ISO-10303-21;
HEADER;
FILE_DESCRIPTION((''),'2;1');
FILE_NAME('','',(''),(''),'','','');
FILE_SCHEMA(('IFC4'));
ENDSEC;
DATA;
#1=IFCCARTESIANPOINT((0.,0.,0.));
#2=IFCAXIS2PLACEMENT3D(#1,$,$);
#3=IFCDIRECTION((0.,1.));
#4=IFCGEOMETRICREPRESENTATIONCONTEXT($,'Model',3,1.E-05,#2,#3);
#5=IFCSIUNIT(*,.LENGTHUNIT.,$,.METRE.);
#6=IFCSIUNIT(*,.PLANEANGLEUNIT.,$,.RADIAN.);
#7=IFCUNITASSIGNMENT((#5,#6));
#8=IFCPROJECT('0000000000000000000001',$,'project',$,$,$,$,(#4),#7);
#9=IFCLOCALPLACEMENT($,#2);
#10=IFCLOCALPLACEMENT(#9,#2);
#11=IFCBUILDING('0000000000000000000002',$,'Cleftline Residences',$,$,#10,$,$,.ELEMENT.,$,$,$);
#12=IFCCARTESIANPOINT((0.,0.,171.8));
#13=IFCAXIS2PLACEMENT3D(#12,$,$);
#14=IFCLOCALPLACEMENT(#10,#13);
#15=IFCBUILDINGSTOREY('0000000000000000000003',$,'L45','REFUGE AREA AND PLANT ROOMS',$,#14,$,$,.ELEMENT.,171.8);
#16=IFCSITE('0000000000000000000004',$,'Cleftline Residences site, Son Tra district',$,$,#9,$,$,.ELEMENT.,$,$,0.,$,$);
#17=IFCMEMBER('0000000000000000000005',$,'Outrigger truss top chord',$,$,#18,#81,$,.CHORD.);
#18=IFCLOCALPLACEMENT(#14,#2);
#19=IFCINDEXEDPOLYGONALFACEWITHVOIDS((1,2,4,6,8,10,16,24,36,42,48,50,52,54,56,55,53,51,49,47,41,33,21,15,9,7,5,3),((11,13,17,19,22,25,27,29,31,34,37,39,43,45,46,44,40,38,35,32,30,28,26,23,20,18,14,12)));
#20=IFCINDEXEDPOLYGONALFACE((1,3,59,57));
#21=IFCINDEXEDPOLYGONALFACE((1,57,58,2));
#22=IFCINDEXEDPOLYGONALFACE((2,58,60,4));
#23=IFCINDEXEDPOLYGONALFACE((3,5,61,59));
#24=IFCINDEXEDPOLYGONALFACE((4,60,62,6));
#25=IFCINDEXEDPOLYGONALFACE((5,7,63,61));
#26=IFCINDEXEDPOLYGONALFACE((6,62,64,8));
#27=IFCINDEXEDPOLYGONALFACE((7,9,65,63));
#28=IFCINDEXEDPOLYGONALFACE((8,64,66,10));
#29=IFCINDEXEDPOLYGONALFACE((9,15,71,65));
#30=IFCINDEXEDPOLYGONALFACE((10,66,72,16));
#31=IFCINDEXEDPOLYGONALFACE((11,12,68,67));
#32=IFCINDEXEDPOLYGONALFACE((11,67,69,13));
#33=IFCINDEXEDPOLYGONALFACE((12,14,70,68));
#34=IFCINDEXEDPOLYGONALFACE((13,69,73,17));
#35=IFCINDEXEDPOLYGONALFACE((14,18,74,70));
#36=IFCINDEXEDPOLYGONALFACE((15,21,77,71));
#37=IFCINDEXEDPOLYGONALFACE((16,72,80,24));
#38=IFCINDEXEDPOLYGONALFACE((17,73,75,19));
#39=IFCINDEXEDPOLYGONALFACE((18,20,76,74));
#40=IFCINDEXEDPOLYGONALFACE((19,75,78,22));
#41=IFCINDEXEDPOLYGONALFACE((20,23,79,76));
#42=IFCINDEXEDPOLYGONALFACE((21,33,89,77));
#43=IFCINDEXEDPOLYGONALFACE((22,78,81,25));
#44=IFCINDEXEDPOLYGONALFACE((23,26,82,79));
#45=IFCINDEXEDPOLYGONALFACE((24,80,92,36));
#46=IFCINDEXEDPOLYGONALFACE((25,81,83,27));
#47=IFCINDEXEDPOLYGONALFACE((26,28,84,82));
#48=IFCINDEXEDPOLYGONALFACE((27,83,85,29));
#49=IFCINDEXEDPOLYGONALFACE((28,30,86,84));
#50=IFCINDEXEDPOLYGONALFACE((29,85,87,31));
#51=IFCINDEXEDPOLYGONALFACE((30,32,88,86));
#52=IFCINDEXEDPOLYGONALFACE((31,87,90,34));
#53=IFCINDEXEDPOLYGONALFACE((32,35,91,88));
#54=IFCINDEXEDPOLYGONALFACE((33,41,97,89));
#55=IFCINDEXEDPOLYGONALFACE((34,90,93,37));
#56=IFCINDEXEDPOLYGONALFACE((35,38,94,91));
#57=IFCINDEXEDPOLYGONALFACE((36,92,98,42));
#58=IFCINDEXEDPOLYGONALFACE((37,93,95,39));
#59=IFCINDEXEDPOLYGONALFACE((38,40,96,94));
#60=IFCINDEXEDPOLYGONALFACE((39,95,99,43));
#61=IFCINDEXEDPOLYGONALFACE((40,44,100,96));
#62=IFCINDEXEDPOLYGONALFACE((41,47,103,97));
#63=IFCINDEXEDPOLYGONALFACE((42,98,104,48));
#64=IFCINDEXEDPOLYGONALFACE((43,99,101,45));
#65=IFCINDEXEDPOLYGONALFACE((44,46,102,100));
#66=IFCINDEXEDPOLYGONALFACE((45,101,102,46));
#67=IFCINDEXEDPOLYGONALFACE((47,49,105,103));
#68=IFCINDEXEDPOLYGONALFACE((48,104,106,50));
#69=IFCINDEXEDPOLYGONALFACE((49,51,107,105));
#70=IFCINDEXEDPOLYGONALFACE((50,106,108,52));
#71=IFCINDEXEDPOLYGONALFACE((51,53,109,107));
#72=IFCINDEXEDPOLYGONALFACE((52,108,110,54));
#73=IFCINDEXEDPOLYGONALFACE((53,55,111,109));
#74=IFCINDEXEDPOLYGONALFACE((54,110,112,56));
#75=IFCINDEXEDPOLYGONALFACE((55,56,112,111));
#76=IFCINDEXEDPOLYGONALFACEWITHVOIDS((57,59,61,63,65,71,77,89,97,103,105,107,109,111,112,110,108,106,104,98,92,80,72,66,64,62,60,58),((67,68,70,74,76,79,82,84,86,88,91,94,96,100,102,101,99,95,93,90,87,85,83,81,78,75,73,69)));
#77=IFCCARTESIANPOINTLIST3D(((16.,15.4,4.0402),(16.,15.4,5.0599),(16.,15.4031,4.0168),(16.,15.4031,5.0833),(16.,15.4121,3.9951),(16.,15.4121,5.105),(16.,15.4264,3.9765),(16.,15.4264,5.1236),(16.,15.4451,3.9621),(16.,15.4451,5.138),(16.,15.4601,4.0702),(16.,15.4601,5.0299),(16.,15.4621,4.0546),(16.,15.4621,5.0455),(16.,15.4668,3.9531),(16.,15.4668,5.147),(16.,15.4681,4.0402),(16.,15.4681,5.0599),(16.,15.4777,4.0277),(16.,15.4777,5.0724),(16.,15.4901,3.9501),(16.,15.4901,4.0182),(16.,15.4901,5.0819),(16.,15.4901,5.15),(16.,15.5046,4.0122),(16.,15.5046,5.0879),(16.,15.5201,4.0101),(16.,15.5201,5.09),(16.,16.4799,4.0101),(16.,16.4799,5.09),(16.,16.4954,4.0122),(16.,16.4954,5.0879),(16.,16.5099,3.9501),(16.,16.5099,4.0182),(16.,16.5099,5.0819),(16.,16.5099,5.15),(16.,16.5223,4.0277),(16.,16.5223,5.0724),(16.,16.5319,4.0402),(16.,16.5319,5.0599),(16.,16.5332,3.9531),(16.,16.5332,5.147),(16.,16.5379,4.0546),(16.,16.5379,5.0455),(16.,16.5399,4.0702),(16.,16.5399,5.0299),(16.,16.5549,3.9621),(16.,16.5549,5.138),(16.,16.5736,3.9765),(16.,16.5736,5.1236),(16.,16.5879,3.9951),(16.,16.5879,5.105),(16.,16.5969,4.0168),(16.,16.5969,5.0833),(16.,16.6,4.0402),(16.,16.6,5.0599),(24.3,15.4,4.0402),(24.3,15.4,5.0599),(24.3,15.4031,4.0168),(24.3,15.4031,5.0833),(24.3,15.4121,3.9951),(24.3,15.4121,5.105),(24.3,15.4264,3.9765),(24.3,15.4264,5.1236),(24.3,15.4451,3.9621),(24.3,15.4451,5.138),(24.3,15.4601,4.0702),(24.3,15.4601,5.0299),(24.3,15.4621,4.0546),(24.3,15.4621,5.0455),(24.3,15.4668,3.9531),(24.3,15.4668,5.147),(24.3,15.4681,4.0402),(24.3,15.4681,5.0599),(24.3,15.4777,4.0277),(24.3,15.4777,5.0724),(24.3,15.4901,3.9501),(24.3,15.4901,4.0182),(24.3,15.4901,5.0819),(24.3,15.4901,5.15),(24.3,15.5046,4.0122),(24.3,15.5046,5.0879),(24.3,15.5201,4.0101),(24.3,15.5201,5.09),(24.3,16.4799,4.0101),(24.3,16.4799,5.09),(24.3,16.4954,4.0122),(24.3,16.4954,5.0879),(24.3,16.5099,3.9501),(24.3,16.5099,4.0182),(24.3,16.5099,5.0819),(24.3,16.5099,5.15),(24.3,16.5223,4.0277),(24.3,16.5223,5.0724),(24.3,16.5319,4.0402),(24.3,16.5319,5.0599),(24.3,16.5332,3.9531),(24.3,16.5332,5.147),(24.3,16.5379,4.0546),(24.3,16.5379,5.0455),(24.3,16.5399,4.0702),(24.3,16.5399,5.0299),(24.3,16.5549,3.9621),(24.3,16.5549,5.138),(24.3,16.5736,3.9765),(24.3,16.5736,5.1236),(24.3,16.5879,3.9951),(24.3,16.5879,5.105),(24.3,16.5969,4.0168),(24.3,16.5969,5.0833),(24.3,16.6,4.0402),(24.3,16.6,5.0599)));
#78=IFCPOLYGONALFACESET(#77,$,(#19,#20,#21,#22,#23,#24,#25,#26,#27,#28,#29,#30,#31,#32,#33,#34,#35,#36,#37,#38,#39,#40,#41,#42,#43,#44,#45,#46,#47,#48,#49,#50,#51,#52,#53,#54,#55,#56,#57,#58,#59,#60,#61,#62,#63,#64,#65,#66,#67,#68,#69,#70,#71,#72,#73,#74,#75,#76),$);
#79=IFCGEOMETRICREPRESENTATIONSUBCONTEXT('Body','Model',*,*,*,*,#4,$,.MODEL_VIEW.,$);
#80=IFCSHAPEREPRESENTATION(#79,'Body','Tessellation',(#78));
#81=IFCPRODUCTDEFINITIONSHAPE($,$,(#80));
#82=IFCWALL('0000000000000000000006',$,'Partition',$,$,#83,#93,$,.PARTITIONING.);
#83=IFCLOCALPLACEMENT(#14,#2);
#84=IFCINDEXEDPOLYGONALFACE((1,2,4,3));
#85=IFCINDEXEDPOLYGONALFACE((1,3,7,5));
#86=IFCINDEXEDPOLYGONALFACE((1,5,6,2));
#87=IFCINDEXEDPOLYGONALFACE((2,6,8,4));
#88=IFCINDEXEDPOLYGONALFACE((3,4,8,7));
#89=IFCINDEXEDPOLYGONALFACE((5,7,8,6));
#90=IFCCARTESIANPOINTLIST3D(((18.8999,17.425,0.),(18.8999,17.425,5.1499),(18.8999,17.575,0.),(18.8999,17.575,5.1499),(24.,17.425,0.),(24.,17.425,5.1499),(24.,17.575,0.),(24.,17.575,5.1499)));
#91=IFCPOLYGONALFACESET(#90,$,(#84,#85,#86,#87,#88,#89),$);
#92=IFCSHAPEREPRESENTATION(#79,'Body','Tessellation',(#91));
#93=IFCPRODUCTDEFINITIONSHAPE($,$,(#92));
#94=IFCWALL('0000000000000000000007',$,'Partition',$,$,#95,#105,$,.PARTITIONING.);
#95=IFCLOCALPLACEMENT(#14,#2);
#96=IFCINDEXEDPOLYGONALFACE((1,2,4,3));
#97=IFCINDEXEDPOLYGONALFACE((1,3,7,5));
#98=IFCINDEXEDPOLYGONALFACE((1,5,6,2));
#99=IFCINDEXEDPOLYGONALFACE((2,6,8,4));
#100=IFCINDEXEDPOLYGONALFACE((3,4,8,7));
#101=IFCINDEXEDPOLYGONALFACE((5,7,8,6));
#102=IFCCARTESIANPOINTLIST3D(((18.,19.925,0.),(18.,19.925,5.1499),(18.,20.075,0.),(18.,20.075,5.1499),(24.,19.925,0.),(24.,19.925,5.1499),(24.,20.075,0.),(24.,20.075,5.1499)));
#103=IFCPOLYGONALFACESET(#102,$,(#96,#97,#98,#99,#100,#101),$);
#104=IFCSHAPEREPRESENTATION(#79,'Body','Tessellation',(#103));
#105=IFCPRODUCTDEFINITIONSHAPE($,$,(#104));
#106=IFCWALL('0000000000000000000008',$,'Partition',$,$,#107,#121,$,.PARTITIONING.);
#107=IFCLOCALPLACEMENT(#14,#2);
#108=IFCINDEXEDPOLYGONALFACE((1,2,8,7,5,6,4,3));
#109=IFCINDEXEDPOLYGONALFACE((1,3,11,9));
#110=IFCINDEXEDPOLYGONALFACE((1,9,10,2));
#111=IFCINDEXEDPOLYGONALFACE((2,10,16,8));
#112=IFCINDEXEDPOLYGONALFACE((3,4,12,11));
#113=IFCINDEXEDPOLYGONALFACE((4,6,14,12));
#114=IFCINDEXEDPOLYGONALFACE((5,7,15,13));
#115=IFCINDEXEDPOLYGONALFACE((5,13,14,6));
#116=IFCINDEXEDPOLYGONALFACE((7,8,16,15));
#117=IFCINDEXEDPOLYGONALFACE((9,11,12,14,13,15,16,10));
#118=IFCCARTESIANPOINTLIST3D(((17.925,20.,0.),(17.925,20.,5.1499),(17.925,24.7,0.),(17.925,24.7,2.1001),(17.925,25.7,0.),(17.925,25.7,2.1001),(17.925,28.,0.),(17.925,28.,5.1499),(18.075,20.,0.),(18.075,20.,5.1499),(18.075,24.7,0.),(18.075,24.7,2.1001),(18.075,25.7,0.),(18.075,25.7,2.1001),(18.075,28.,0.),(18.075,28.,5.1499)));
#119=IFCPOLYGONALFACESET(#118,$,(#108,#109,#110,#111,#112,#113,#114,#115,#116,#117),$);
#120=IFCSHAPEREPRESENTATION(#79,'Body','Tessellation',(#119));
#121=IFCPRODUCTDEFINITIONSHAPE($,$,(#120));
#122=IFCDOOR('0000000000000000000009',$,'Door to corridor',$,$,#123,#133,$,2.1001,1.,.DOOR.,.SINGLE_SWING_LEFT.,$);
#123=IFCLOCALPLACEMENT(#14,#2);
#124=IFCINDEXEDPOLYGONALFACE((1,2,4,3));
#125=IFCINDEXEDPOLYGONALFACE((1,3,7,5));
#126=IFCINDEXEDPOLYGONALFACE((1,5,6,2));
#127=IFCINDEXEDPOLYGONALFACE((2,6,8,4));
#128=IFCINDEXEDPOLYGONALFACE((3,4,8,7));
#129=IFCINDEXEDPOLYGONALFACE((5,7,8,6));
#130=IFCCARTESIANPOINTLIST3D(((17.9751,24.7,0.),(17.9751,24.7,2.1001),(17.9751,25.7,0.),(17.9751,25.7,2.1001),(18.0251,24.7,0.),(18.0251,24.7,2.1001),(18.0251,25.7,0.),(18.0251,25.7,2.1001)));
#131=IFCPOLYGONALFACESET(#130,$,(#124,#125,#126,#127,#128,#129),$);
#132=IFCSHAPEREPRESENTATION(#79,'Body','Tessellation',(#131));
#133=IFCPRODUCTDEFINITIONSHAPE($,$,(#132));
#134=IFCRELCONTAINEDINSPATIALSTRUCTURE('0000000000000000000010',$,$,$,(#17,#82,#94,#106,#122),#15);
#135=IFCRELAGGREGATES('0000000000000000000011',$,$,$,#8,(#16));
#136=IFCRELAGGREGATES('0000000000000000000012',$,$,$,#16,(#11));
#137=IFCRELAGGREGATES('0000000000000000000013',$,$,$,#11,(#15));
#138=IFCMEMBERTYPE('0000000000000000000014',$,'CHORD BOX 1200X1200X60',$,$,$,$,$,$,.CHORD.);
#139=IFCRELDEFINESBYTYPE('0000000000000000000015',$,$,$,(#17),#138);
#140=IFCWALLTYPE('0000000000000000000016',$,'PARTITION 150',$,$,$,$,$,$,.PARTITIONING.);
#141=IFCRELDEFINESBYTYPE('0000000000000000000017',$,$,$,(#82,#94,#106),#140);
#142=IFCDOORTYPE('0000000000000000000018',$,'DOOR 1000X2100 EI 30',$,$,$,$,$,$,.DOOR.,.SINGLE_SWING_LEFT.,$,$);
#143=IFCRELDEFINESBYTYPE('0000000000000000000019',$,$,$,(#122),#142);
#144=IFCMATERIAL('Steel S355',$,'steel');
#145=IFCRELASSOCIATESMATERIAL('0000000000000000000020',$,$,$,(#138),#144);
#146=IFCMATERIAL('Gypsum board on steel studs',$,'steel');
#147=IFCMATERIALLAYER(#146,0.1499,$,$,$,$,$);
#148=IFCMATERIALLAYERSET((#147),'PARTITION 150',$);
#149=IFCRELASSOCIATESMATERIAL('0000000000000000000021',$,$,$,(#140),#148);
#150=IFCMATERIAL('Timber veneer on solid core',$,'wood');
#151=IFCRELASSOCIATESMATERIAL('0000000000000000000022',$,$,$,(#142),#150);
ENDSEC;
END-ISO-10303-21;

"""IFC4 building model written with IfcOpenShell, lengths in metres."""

from ifc_helpers import new_model, si_unit, direction, frame, frame_2d, origin, origin_2d, place, context, subcontext, project, spatial, rectangle, hollow_rectangle, extrude, material, layer, layer_set, material_profile, profile_set, type_object, element, fill, save


model = new_model("IFC4")

# Units and contexts
model_context = context("Model", 3, precision=1e-05, world=origin(), true_north=direction((0.0, 1.0)))
body_context = subcontext(model_context, "Body", "Model", "MODEL_VIEW")
ifc_project = project(units=[si_unit("LENGTHUNIT", "METRE"), si_unit("PLANEANGLEUNIT", "RADIAN")], contexts=[model_context])

# Site, building, storey
site_placement = place(None, origin())
site = spatial("IfcSite", under=ifc_project, at=site_placement, Name="Cleftline Residences site, Son Tra district", CompositionType="ELEMENT", RefElevation=0.0)
building_placement = place(site_placement, origin())
building = spatial("IfcBuilding", under=site, at=building_placement, Name="Cleftline Residences", CompositionType="ELEMENT")
storey_placement = place(building_placement, frame((0.0, 0.0, 171.8)))
storey = spatial("IfcBuildingStorey", under=building, at=storey_placement, Name="L45", Description="REFUGE AREA AND PLANT ROOMS", CompositionType="ELEMENT", Elevation=171.8)

# Member
ifc_material_1 = material(Name="Steel S355", Category="steel")
ifc_material_profile_1 = material_profile(ifc_material_1, hollow_rectangle(XDim=1.2, YDim=1.2, WallThickness=0.0601, InnerFilletRadius=0.0601, OuterFilletRadius=0.0901, at=origin_2d()))
ifc_profile_set_1 = profile_set([ifc_material_profile_1], Name="Steel S355")
member_type_1 = type_object("IfcMemberType", Name="CHORD BOX 1200X1200X60", PredefinedType="CHORD", material=ifc_profile_set_1)
for number, where, z_axis, x_axis, name in (
    (1, (24.3, 16.0, 4.55), (-1.0, 0.0, 0.0), (0.0, -1.0, 0.0), "Outrigger truss top chord"),
):
    element("IfcMember", number, at=place(storey_placement, frame(where, z_axis=z_axis, x_axis=x_axis)), inside=storey, type_object=member_type_1, Name=name, PredefinedType="CHORD", context=body_context, shape_type="SweptSolid", body=[
        extrude(hollow_rectangle(XDim=1.2, YDim=1.2, WallThickness=0.0601, InnerFilletRadius=0.0601, OuterFilletRadius=0.0901, at=origin_2d()), origin(), (0.0, 0.0, 1.0), 8.3),
    ])

# Walls
ifc_material_2 = material(Name="Gypsum board on steel studs", Category="steel")
ifc_layer_1 = layer(ifc_material_2, 0.1499)
ifc_layer_set_1 = layer_set([ifc_layer_1], Name="PARTITION 150")
wall_type_1 = type_object("IfcWallType", Name="PARTITION 150", PredefinedType="PARTITIONING", material=ifc_layer_set_1)
wall_1_placement = place(storey_placement, frame((18.8999, 17.5, 0.0), z_axis=(0.0, 0.0, 1.0), x_axis=(1.0, 0.0, 0.0)))
element("IfcWall", 2, at=wall_1_placement, inside=storey, type_object=wall_type_1, Name="Partition", PredefinedType="PARTITIONING", context=body_context, shape_type="SweptSolid", body=[
    extrude(rectangle(XDim=5.1001, YDim=0.1499, at=frame_2d((2.55, 0.0))), origin(), (0.0, 0.0, 1.0), 5.1499),
])
wall_2_placement = place(storey_placement, frame((18.0, 20.0, 0.0), z_axis=(0.0, 0.0, 1.0), x_axis=(1.0, 0.0, 0.0)))
element("IfcWall", 3, at=wall_2_placement, inside=storey, type_object=wall_type_1, Name="Partition", PredefinedType="PARTITIONING", context=body_context, shape_type="SweptSolid", body=[
    extrude(rectangle(XDim=6.0, YDim=0.1499, at=frame_2d((3.0, 0.0))), origin(), (0.0, 0.0, 1.0), 5.1499),
])

# Wall, opening, door
wall_3_placement = place(storey_placement, frame((18.0, 20.0, 0.0), z_axis=(0.0, 0.0, 1.0), x_axis=(0.0, 1.0, 0.0)))
wall_3 = element("IfcWall", 4, at=wall_3_placement, inside=storey, type_object=wall_type_1, Name="Partition", PredefinedType="PARTITIONING", context=body_context, shape_type="SweptSolid", body=[
    extrude(rectangle(XDim=8.0, YDim=0.1499, at=frame_2d((4.0, 0.0))), origin(), (0.0, 0.0, 1.0), 5.1499),
])
opening_1_placement = place(wall_3_placement, frame((4.7, 0.0, 0.0)))
opening_1 = element("IfcOpeningElement", 5, at=opening_1_placement, cuts=wall_3, PredefinedType="OPENING", context=body_context, shape_type="SweptSolid", body=[
    extrude(rectangle(XDim=1.0, YDim=2.1001, at=frame_2d((0.5, 1.05))), frame((0.0, 0.085, 0.0), z_axis=(0.0, -1.0, 0.0), x_axis=(1.0, 0.0, 0.0)), (0.0, 0.0, 1.0), 0.1699),
])
ifc_material_3 = material(Name="Timber veneer on solid core", Category="wood")
door_type_1 = type_object("IfcDoorType", Name="DOOR 1000X2100 EI 30", OperationType="SINGLE_SWING_LEFT", PredefinedType="DOOR", material=ifc_material_3)
door_1_placement = place(opening_1_placement, origin())
door_1 = element("IfcDoor", 6, at=door_1_placement, inside=storey, type_object=door_type_1, Name="Door to corridor", OperationType="SINGLE_SWING_LEFT", OverallHeight=2.1001, OverallWidth=1.0, PredefinedType="DOOR", context=body_context, shape_type="SweptSolid", body=[
    extrude(rectangle(XDim=1.0, YDim=2.1001, at=frame_2d((0.5, 1.05))), frame((0.0, 0.0249, 0.0), z_axis=(0.0, -1.0, 0.0), x_axis=(1.0, 0.0, 0.0)), (0.0, 0.0, 1.0), 0.05),
])
fill(opening_1, door_1)

save(model, "model.ifc")
